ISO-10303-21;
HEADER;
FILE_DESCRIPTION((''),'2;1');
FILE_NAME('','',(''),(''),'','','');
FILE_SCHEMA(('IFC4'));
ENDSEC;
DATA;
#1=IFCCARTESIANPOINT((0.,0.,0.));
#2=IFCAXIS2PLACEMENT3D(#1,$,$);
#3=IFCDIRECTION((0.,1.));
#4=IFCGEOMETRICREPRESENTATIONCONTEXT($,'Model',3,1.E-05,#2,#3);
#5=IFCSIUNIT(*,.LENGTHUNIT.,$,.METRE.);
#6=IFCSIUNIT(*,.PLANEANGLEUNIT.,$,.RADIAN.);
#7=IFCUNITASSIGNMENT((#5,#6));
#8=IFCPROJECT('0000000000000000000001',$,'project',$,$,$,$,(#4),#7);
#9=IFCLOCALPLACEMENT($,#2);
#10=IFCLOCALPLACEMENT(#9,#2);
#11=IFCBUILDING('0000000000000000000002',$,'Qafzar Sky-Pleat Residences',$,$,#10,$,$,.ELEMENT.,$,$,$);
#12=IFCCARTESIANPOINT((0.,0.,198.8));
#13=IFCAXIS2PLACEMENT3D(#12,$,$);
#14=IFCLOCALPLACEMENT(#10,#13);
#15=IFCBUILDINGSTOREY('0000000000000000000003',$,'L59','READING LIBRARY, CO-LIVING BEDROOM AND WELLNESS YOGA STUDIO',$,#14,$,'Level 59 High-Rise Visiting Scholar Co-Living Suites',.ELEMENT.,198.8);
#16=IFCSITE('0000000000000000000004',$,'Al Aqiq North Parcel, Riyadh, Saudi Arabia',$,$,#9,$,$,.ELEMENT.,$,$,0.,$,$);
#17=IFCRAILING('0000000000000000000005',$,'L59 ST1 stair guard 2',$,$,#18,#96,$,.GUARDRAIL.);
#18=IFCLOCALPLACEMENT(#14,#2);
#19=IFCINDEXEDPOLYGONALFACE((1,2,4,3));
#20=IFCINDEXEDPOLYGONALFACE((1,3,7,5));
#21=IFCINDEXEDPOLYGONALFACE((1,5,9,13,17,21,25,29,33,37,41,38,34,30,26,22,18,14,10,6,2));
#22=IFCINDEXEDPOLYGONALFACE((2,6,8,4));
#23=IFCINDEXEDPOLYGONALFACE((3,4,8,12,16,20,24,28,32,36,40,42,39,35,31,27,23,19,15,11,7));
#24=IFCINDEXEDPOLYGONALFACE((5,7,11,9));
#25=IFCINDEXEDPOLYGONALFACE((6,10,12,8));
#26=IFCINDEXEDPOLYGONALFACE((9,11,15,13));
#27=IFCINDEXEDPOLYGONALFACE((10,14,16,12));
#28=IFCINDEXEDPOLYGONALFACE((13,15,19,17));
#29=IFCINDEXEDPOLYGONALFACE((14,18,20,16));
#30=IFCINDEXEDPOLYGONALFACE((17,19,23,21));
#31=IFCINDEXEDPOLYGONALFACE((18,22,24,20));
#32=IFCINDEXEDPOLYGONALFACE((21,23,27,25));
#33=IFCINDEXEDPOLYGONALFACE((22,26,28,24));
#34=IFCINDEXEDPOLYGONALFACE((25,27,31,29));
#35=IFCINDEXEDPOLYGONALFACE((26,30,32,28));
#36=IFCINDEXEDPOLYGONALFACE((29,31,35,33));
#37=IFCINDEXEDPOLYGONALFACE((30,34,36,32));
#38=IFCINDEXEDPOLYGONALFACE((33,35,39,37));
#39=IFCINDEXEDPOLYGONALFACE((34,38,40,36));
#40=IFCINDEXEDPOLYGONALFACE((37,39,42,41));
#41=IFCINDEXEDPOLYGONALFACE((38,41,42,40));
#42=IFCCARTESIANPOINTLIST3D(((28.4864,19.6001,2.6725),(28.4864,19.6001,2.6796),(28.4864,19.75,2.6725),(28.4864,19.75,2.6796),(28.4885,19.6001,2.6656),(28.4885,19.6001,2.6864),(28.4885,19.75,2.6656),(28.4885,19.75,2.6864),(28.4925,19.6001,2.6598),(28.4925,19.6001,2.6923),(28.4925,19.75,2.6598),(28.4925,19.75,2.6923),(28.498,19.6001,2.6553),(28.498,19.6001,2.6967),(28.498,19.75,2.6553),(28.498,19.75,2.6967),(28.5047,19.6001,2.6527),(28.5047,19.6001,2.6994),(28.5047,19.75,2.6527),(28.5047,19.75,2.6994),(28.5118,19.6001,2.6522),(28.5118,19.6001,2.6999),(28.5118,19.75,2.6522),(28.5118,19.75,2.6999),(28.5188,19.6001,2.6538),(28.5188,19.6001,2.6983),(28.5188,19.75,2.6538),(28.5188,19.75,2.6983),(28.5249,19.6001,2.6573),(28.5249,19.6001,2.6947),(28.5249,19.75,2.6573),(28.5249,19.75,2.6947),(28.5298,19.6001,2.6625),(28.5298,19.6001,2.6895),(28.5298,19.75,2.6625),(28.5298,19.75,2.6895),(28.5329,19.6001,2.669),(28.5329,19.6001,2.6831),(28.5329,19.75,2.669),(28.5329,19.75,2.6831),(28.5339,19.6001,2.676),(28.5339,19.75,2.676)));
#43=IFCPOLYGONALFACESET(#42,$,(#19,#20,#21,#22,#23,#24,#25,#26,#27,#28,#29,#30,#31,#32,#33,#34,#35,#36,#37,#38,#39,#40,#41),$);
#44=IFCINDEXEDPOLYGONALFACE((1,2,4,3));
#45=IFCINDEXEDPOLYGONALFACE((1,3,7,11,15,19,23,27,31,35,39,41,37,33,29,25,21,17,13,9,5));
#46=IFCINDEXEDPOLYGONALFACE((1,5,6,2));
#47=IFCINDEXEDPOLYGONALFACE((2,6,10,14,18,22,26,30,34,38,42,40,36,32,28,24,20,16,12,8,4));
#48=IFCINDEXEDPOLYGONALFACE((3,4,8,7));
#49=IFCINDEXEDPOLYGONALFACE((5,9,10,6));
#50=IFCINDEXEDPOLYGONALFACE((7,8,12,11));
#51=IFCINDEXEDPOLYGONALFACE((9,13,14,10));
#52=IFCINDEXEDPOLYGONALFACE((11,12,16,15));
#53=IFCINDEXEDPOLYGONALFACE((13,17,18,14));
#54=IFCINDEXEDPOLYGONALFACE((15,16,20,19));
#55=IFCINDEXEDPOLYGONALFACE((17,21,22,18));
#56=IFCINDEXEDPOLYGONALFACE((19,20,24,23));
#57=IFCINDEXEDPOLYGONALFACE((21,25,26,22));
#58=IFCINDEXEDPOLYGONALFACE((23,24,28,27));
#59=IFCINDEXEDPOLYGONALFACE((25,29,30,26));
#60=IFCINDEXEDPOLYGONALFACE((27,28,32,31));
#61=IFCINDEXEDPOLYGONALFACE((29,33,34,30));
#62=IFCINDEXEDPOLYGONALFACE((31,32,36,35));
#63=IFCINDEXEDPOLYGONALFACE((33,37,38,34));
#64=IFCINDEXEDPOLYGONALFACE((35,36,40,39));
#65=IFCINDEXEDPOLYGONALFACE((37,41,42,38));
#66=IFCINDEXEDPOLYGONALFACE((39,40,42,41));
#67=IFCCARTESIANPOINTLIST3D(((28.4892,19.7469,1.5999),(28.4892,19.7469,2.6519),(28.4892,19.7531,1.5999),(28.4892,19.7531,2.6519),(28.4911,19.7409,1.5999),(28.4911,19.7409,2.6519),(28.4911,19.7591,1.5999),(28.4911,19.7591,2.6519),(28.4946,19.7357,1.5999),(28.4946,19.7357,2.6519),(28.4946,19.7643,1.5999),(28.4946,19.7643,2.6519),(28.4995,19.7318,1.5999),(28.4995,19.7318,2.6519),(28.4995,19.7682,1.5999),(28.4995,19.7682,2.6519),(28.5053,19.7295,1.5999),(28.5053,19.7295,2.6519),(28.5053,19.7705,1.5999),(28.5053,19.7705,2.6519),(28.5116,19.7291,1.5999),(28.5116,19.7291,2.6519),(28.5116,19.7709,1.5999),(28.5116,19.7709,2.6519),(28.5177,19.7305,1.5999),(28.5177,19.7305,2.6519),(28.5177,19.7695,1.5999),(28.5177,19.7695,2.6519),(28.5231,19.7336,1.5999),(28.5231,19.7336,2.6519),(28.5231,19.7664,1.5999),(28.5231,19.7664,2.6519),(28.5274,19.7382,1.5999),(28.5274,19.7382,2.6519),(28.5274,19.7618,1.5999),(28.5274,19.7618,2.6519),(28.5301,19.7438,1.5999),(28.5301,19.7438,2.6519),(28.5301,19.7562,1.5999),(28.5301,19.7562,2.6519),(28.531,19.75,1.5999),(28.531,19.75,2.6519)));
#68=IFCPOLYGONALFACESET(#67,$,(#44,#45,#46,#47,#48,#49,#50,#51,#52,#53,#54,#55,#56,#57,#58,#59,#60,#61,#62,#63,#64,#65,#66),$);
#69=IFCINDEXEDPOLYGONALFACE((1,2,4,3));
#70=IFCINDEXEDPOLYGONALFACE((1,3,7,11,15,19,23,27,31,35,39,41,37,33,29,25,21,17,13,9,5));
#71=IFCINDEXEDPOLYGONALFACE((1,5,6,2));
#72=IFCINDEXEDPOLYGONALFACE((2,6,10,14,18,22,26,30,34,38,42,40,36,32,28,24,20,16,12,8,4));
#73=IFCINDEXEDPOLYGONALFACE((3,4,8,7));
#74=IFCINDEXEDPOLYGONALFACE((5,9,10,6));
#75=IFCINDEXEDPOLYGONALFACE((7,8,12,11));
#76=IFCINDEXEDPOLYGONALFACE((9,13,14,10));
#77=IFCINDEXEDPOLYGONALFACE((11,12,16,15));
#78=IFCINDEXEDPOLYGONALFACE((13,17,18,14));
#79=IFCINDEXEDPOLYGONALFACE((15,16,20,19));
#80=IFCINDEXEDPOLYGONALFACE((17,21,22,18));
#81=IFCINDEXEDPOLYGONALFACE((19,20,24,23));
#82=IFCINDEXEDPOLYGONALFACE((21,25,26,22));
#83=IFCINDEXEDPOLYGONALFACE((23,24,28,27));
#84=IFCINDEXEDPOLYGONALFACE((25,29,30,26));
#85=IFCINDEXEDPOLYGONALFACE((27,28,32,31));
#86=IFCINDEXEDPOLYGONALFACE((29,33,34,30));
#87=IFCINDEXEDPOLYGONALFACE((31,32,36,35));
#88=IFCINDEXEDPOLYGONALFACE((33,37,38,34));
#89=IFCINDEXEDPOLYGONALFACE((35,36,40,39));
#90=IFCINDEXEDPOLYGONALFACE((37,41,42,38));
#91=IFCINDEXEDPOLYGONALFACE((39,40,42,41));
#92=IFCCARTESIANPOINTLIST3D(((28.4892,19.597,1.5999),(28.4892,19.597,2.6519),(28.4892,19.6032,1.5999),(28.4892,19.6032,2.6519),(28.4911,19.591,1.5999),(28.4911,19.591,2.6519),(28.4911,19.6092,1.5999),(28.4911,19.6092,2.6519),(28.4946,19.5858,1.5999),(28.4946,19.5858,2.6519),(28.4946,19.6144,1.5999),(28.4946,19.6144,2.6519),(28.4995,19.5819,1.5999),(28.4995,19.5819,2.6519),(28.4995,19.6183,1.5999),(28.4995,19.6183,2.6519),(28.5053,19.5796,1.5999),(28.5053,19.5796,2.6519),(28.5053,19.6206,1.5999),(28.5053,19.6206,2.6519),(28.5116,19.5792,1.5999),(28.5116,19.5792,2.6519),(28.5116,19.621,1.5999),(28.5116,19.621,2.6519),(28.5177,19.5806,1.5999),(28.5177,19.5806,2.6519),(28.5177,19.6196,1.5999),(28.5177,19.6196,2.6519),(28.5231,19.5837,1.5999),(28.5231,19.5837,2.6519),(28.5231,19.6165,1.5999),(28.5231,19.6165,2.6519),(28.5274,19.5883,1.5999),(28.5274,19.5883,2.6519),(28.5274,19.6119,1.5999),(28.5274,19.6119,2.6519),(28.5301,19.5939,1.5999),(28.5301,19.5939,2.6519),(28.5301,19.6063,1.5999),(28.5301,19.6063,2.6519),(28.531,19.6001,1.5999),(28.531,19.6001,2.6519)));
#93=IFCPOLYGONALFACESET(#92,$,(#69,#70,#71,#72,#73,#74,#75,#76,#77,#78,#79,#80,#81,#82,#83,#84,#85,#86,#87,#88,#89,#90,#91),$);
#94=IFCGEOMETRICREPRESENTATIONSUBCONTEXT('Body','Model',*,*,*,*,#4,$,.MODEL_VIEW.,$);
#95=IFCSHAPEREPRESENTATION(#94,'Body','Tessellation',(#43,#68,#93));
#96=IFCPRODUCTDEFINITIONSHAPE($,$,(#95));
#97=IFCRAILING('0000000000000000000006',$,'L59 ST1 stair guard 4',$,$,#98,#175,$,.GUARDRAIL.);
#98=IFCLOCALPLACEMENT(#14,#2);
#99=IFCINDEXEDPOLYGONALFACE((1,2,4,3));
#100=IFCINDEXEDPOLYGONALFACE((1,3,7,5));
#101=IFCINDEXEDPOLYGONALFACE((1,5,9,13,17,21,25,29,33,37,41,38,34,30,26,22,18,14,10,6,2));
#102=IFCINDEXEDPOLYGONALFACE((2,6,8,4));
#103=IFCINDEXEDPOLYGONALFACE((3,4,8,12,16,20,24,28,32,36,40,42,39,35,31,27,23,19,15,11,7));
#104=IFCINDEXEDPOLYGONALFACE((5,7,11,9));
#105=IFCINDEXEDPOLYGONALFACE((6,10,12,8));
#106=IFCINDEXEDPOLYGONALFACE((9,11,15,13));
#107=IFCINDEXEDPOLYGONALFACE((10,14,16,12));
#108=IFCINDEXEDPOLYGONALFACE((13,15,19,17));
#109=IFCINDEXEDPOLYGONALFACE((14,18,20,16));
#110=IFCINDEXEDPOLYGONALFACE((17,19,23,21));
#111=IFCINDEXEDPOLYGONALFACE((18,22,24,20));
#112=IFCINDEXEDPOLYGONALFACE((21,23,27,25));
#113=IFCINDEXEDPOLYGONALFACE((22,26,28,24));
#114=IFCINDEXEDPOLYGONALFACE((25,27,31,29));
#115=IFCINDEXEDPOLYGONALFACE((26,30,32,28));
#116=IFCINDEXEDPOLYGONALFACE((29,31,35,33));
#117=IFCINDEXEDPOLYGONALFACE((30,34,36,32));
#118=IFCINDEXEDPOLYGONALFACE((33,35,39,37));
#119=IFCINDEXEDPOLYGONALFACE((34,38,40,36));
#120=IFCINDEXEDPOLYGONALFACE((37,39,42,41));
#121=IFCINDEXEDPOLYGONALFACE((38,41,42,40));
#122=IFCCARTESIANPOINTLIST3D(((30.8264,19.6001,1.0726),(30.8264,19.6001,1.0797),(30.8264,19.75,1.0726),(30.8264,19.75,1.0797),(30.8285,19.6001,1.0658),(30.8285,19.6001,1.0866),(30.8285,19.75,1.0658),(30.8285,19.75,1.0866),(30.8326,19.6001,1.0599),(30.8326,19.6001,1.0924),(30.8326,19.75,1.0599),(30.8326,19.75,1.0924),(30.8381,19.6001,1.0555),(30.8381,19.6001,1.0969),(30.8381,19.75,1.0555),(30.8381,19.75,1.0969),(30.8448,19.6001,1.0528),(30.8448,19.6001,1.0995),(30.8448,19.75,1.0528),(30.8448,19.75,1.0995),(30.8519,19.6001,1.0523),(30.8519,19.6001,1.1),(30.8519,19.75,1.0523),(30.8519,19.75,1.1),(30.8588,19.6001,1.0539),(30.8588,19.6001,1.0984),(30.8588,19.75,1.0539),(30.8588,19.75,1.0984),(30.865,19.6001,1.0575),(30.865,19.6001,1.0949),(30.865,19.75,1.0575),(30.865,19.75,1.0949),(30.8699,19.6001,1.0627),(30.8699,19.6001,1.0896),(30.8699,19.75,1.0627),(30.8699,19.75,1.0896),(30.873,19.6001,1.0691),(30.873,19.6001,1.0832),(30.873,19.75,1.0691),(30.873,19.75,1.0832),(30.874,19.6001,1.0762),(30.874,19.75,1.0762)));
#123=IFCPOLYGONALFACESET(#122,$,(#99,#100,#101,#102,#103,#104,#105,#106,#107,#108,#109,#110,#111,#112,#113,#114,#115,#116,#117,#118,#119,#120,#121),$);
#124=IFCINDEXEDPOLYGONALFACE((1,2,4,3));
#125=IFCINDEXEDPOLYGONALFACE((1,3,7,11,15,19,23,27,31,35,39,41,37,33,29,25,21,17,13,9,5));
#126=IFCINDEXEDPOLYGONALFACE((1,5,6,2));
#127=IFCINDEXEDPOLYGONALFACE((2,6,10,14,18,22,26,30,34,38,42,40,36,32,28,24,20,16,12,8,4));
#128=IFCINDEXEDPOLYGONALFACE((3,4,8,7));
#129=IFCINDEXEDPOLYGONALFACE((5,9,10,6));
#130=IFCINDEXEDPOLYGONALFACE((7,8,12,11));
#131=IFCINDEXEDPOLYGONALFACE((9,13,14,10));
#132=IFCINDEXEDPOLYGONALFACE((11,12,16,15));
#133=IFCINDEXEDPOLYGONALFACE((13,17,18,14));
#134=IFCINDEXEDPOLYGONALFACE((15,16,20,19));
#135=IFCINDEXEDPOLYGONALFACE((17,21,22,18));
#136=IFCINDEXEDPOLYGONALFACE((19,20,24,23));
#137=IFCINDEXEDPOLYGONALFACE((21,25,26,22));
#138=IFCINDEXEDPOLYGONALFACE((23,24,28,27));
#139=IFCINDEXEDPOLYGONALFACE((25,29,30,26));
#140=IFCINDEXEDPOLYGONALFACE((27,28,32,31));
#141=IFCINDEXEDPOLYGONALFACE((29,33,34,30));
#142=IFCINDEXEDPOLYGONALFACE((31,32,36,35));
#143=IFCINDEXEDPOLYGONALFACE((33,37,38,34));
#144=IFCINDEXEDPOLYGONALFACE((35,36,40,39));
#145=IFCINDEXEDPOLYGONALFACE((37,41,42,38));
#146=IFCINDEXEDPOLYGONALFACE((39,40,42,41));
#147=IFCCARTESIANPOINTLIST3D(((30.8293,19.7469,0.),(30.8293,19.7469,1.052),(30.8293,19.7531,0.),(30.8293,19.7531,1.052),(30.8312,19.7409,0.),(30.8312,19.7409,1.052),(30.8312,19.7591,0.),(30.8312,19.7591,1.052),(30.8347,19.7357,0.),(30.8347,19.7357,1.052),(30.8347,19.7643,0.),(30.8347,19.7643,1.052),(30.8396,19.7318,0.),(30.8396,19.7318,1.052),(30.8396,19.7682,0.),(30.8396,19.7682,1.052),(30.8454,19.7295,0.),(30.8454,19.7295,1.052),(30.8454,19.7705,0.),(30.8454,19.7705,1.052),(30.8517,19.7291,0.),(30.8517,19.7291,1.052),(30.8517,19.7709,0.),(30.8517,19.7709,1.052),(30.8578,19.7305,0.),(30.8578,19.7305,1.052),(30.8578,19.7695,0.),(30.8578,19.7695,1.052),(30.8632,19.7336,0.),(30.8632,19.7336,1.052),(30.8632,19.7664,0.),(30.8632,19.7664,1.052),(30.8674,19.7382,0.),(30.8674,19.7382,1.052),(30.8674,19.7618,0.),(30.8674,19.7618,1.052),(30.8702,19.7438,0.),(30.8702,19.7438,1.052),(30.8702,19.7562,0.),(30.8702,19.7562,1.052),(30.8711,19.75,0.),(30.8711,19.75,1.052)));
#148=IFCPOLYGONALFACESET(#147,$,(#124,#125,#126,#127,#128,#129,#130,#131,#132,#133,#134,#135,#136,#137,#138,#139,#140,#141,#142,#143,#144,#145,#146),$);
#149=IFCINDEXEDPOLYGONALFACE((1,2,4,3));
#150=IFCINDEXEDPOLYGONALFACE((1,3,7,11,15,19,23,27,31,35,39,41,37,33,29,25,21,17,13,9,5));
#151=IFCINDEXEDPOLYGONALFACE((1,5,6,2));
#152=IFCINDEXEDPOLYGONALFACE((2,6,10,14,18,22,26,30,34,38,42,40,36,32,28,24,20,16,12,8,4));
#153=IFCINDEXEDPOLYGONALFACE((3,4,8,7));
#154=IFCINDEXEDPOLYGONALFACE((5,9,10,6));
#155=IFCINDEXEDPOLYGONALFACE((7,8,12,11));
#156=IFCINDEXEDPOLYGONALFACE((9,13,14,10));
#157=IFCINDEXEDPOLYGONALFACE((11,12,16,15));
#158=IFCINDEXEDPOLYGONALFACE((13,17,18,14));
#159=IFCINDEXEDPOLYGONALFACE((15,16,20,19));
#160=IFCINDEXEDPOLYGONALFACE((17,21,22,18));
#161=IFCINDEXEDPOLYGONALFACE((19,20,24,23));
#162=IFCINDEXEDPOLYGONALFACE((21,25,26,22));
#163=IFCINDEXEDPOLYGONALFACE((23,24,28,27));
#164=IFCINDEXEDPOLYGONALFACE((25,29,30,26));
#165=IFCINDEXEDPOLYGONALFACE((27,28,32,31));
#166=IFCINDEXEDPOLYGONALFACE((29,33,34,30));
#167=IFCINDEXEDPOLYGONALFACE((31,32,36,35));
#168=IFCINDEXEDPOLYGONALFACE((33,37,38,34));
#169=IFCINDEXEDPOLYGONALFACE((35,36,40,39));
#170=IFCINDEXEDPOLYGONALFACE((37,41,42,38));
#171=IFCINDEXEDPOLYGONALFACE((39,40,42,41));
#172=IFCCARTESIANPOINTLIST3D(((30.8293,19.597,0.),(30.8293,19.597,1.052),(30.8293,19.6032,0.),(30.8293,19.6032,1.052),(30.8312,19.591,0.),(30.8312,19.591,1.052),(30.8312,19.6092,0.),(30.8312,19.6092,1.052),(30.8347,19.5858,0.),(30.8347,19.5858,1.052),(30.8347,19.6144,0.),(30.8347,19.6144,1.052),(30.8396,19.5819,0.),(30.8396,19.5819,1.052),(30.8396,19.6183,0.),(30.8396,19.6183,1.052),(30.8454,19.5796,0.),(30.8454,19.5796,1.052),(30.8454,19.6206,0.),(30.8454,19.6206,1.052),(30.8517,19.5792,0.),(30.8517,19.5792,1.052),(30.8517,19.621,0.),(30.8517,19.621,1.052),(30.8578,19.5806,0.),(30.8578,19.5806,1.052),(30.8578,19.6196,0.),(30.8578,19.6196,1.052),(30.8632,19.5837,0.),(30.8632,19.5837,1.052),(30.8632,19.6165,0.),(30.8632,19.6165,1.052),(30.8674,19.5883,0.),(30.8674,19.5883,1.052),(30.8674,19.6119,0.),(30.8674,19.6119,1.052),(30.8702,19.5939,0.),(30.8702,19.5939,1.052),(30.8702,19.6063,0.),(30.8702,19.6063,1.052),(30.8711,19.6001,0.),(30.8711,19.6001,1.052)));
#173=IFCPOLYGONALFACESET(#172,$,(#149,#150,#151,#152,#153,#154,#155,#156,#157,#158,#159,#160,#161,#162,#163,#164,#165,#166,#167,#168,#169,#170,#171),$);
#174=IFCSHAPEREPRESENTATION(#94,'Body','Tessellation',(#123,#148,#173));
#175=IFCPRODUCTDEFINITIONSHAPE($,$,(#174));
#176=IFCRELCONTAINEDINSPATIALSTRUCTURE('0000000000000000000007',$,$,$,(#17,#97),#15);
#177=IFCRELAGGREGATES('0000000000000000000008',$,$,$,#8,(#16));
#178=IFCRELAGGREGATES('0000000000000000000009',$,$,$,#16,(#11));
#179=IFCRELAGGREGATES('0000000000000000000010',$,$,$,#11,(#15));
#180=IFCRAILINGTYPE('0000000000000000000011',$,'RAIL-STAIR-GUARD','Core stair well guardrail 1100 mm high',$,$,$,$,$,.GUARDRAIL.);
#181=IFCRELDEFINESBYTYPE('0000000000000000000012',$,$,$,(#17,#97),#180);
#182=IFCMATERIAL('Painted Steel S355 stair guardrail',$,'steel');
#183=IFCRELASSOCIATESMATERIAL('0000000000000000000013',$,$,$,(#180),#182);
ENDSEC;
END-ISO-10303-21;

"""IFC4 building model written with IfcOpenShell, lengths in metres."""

from ifc_helpers import new_model, si_unit, direction, frame, origin, origin_2d, place, context, subcontext, project, spatial, circle, extrude, source, transform, mapped, material, type_object, element, save


model = new_model("IFC4")

# Units and contexts
model_context = context("Model", 3, precision=1e-05, world=origin(), true_north=direction((0.0, 1.0)))
body_context = subcontext(model_context, "Body", "Model", "MODEL_VIEW")
ifc_project = project(units=[si_unit("LENGTHUNIT", "METRE"), si_unit("PLANEANGLEUNIT", "RADIAN")], contexts=[model_context])

# Site, building, storey
site_placement = place(None, origin())
site = spatial("IfcSite", under=ifc_project, at=site_placement, Name="Al Aqiq North Parcel, Riyadh, Saudi Arabia", CompositionType="ELEMENT", RefElevation=0.0)
building_placement = place(site_placement, origin())
building = spatial("IfcBuilding", under=site, at=building_placement, Name="Qafzar Sky-Pleat Residences", CompositionType="ELEMENT")
storey_placement = place(building_placement, frame((0.0, 0.0, 198.8)))
storey = spatial("IfcBuildingStorey", under=building, at=storey_placement, Name="L59", Description="READING LIBRARY, CO-LIVING BEDROOM AND WELLNESS YOGA STUDIO", LongName="Level 59 High-Rise Visiting Scholar Co-Living Suites", CompositionType="ELEMENT", Elevation=198.8)

# Railings
ifc_material_1 = material(Name="Painted Steel S355 stair guardrail", Category="steel")
railing_type_1 = type_object("IfcRailingType", Name="RAIL-STAIR-GUARD", Description="Core stair well guardrail 1100 mm high", PredefinedType="GUARDRAIL", material=ifc_material_1)
shared_shape_1 = source(origin(), body_context, "Body", "SweptSolid", [
    extrude(circle(Radius=0.0239, at=origin_2d()), frame((0.0, 0.0, 1.0762), z_axis=(0.0, -1.0, 0.0), x_axis=(1.0, 0.0, 0.0)), (0.0, 0.0, 1.0), 0.1499),
    extrude(circle(Radius=0.021, at=origin_2d()), origin(), (0.0, 0.0, 1.0), 1.052),
    extrude(circle(Radius=0.021, at=origin_2d()), frame((0.0, -0.1499, 0.0)), (0.0, 0.0, 1.0), 1.052),
])
for number, where, name in (
    (1, (28.51, 19.75, 1.5999), "L59 ST1 stair guard 2"),
    (2, (30.8501, 19.75, 0.0), "L59 ST1 stair guard 4"),
):
    element("IfcRailing", number, at=place(storey_placement, frame(where)), inside=storey, type_object=railing_type_1, Name=name, PredefinedType="GUARDRAIL", context=body_context, shape_type="MappedRepresentation", body=[
        mapped(shared_shape_1, transform((0.0, 0.0, 0.0), x_axis=(1.0, 0.0, 0.0), y_axis=(0.0, 1.0, 0.0), z_axis=(0.0, 0.0, 1.0), scale=1.0)),
    ])

save(model, "model.ifc")
